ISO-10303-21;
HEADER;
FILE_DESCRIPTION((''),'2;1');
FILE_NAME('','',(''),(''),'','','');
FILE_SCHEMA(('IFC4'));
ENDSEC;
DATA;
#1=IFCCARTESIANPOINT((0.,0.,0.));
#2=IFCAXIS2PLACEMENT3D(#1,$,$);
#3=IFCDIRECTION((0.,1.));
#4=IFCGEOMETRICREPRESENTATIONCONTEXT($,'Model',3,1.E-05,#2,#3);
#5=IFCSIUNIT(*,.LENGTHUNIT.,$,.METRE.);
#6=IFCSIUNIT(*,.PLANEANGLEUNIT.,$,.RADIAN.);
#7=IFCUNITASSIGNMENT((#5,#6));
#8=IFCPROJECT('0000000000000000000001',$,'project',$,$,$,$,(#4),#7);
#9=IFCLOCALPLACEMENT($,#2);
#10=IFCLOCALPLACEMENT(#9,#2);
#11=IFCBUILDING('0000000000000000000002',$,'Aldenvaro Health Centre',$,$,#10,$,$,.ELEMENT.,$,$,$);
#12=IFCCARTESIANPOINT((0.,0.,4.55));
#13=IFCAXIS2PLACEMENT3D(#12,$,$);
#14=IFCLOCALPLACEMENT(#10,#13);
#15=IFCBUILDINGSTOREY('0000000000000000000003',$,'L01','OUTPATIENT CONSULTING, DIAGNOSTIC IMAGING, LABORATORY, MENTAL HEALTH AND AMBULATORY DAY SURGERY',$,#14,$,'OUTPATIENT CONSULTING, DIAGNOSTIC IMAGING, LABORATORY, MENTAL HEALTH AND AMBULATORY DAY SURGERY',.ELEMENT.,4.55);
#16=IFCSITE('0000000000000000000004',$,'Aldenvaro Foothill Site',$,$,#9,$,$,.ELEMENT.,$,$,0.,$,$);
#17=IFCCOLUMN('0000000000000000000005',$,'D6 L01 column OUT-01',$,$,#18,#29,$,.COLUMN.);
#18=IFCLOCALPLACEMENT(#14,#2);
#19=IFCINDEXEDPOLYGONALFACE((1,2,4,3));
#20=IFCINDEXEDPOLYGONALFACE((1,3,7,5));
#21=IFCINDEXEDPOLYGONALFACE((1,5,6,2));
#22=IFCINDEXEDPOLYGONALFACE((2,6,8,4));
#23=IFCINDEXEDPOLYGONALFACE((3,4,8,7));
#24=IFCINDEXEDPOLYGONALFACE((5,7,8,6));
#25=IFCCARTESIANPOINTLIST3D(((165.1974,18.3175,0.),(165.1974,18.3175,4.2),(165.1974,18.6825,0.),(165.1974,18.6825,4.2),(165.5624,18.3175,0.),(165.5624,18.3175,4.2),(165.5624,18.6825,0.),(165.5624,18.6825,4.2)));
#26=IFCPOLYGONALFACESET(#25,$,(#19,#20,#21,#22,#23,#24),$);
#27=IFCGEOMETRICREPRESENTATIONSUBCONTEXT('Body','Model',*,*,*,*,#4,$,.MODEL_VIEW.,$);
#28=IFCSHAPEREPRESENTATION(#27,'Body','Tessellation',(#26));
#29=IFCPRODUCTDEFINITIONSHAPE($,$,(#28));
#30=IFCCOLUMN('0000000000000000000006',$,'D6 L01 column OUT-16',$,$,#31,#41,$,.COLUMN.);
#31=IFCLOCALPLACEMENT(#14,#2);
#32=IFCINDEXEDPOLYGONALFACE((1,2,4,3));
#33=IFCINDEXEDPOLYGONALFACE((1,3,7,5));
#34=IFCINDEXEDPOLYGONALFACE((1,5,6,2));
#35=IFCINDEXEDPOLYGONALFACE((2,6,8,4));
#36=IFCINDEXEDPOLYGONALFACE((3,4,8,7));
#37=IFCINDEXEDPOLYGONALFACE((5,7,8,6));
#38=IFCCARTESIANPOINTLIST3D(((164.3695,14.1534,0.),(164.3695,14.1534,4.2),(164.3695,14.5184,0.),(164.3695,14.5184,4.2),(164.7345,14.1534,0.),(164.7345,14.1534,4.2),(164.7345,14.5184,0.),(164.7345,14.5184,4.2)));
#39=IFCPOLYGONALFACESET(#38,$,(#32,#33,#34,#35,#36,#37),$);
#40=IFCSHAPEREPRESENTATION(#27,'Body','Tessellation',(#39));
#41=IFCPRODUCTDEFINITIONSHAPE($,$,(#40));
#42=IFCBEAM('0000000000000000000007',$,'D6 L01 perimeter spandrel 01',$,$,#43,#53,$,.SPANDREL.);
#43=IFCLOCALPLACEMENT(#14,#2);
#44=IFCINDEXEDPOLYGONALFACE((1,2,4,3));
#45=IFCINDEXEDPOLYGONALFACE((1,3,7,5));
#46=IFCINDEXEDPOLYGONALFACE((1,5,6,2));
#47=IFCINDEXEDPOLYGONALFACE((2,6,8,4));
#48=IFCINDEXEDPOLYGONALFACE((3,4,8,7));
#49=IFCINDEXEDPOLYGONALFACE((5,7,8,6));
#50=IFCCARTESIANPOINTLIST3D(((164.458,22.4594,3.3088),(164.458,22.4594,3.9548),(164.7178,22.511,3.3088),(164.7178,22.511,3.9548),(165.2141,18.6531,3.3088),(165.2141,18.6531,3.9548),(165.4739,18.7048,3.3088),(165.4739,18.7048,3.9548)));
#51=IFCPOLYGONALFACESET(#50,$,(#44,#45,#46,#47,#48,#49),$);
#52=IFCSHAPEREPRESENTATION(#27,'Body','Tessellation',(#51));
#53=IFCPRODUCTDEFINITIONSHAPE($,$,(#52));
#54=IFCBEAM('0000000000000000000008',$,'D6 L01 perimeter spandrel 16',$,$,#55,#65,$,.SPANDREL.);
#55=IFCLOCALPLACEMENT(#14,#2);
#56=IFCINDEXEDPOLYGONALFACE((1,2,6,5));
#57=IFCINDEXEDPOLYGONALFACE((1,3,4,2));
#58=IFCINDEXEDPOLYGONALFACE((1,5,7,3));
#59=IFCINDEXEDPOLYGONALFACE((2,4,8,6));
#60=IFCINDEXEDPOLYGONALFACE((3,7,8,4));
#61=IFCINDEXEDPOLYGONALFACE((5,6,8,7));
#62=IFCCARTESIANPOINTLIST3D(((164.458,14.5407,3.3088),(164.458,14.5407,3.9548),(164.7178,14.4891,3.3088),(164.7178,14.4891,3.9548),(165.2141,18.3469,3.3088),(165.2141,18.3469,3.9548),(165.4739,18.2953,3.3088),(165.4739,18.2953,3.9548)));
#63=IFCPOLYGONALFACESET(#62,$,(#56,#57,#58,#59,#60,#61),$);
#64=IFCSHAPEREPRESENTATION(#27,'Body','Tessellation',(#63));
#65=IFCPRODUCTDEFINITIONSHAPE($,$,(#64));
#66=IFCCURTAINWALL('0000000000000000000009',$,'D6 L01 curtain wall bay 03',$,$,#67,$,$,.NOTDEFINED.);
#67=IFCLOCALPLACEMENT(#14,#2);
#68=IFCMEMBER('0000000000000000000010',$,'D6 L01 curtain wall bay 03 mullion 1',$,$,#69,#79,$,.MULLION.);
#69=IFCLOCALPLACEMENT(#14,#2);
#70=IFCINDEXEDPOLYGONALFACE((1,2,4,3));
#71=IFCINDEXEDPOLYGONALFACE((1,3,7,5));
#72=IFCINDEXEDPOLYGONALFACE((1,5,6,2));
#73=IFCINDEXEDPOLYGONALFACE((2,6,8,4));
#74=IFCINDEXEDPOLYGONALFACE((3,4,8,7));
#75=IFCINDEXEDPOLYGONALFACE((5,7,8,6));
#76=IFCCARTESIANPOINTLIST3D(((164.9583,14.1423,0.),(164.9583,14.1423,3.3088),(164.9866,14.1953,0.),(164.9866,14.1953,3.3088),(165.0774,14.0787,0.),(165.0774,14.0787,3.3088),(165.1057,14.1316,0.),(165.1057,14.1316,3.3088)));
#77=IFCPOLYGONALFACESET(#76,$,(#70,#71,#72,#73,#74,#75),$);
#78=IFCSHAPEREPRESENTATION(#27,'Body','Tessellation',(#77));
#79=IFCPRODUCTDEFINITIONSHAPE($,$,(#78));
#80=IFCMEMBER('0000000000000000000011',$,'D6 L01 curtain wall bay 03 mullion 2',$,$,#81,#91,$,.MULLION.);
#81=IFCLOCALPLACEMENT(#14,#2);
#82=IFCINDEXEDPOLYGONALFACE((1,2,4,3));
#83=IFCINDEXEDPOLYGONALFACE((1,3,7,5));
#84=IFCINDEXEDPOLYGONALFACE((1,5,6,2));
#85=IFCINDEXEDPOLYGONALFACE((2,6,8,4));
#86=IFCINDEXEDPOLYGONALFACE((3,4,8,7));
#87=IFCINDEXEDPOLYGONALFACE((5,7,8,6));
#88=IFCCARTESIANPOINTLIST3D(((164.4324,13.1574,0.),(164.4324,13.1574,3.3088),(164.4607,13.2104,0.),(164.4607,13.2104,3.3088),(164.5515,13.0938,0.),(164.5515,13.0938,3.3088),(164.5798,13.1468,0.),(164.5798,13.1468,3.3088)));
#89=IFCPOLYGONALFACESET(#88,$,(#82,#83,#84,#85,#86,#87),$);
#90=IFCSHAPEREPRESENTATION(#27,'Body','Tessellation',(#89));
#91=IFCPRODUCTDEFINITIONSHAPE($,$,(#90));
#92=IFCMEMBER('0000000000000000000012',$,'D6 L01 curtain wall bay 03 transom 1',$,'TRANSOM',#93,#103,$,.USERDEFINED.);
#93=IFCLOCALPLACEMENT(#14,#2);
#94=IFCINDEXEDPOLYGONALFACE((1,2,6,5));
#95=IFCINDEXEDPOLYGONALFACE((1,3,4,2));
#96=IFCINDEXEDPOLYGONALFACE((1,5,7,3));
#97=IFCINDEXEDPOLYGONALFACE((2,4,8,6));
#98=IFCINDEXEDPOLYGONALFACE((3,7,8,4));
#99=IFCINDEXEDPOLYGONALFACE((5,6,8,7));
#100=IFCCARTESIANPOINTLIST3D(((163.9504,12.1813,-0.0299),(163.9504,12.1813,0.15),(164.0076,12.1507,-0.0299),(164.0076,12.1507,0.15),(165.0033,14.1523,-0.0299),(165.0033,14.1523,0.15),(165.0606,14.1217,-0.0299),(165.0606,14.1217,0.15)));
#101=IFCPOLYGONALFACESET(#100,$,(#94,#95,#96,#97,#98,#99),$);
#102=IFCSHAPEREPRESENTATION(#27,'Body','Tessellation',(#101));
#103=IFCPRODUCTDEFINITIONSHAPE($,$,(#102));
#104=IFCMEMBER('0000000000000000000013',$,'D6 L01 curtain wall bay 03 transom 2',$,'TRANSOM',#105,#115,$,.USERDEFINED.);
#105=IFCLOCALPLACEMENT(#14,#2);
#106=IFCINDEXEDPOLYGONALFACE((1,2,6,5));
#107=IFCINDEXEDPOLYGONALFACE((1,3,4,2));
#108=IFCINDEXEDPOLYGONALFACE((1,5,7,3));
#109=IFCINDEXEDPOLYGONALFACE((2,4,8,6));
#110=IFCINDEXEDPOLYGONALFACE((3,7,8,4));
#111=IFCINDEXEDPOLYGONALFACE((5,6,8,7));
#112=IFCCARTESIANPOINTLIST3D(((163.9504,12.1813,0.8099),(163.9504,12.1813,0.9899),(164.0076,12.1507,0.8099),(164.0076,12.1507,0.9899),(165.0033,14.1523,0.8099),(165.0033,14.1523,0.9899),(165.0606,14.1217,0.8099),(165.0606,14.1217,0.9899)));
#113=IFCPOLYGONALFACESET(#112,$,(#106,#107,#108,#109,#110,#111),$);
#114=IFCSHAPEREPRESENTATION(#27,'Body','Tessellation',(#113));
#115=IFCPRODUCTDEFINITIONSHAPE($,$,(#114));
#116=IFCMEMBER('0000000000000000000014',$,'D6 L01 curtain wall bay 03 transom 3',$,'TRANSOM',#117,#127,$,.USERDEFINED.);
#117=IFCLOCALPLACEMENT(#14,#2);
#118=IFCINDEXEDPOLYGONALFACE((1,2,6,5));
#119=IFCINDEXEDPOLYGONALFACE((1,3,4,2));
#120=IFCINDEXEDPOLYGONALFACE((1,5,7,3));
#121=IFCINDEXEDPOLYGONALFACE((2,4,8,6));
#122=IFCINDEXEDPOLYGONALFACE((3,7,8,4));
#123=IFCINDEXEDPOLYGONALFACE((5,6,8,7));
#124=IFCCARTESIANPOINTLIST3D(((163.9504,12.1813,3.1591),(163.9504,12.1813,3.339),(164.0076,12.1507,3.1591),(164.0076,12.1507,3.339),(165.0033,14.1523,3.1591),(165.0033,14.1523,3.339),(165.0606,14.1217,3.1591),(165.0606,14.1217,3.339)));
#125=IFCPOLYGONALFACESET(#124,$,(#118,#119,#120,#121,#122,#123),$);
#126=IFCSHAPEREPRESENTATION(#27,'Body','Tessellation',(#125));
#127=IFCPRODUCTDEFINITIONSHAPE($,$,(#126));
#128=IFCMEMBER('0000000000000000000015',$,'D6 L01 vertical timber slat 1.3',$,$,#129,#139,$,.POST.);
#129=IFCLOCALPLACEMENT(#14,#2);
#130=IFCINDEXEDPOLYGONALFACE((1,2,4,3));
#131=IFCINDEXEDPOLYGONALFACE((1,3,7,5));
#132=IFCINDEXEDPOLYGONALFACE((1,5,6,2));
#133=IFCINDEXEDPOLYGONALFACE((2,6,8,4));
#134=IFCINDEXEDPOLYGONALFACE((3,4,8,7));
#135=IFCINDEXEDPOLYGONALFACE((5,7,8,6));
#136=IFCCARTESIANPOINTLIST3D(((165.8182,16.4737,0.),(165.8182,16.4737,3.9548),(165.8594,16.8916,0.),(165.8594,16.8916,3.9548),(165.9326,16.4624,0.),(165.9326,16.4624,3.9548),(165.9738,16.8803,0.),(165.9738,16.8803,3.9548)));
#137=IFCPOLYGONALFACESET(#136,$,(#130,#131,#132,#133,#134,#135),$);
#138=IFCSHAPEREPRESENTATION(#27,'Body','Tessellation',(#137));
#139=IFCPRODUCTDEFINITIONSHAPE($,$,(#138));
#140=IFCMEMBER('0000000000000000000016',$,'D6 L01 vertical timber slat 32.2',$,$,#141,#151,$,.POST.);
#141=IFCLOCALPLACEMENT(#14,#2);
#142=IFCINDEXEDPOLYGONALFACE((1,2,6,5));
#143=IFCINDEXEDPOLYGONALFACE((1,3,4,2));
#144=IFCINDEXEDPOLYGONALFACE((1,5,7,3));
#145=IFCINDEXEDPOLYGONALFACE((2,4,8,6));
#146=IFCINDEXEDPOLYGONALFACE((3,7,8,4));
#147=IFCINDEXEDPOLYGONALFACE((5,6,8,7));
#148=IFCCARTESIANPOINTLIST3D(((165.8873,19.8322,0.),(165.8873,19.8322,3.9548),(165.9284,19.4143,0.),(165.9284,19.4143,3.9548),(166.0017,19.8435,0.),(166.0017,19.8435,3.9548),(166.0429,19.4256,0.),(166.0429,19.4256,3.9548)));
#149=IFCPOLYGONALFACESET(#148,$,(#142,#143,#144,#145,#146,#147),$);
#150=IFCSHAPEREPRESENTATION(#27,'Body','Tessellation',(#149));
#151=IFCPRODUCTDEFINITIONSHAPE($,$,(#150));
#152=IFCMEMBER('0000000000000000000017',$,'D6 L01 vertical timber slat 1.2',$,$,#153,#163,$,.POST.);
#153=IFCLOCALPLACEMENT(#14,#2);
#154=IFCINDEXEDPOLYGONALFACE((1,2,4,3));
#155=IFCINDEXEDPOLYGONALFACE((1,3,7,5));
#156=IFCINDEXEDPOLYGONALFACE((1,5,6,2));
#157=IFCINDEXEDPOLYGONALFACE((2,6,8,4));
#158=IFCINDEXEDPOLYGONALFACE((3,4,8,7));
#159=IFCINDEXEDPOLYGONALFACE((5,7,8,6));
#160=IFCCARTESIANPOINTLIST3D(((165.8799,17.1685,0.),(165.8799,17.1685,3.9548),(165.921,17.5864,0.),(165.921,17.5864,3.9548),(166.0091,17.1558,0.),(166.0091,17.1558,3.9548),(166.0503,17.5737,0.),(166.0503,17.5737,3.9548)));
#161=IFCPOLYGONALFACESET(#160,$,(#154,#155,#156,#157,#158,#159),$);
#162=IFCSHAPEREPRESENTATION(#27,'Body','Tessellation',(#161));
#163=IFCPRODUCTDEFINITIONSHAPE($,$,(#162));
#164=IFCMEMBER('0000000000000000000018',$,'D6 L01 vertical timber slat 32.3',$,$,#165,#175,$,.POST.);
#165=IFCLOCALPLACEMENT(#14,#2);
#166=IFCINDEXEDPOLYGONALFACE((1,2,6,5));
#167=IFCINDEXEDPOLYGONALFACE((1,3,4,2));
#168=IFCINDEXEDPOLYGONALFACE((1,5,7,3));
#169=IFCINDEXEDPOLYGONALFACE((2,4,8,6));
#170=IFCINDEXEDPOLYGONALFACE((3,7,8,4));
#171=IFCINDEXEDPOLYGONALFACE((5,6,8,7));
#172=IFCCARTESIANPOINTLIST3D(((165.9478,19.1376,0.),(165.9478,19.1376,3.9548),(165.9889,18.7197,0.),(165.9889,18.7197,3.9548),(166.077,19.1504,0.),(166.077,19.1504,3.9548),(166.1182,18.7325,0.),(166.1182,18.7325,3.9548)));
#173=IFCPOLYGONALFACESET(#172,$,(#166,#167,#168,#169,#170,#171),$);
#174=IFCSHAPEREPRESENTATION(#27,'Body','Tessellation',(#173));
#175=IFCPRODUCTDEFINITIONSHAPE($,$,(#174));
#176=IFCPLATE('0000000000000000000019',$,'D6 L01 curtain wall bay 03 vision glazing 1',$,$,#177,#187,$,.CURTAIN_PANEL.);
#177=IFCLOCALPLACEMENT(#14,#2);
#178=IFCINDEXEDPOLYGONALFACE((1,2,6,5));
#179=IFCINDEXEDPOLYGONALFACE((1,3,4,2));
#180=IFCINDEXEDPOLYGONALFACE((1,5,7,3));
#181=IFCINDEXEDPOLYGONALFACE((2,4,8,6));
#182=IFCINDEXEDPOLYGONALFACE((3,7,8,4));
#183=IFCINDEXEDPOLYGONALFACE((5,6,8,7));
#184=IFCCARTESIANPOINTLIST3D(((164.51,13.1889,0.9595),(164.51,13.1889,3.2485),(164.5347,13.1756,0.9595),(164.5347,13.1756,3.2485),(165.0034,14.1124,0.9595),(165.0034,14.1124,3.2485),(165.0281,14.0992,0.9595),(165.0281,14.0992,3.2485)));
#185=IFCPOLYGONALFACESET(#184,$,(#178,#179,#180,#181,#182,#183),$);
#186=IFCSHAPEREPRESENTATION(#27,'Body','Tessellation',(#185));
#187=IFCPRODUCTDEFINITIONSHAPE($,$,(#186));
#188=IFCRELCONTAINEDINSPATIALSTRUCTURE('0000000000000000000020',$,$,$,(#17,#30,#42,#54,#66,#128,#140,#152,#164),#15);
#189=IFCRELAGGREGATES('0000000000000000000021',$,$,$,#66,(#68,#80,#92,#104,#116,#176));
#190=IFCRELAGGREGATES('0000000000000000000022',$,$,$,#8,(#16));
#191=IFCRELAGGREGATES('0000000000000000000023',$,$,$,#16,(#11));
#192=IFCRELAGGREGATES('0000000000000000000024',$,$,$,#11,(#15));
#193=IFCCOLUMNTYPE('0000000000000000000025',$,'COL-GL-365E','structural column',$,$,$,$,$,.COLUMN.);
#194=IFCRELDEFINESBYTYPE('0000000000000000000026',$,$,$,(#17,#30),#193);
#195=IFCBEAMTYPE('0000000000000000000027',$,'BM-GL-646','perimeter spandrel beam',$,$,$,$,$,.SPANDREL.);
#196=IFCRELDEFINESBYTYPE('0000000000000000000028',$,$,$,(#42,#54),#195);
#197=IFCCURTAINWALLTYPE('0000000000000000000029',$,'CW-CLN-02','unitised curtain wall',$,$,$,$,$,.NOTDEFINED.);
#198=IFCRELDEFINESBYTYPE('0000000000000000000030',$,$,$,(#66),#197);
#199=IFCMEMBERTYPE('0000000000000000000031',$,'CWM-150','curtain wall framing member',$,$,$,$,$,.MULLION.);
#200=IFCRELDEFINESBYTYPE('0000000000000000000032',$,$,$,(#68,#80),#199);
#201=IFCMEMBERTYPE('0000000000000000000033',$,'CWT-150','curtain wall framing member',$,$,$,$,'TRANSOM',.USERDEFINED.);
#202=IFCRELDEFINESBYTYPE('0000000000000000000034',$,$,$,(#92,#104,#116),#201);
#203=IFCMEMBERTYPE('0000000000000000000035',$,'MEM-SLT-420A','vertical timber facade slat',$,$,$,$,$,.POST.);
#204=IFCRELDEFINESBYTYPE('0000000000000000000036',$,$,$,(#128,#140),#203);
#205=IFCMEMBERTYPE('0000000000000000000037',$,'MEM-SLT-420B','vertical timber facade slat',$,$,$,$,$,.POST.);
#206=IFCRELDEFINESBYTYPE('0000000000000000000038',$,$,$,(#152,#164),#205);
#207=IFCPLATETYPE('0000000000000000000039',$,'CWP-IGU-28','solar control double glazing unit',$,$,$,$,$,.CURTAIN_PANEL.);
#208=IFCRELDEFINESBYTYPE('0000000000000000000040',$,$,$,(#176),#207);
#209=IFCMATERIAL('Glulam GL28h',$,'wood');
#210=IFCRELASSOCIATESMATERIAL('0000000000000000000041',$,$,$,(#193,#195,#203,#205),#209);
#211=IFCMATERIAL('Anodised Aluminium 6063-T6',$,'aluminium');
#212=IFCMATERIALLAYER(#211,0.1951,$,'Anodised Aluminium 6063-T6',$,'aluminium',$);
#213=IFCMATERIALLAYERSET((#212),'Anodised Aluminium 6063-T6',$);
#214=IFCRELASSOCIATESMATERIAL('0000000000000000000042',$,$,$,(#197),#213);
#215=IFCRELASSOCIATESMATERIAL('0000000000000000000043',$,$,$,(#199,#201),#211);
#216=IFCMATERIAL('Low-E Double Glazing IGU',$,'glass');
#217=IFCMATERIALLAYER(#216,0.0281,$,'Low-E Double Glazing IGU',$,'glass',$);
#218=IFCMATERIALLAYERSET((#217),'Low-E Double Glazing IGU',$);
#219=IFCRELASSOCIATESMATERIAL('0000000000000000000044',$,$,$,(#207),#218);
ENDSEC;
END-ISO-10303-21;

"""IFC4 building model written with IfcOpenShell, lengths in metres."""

from ifc_helpers import new_model, si_unit, direction, frame, origin, origin_2d, place, context, subcontext, project, spatial, rectangle, extrude, material, layer, layer_set, material_profile, profile_set, type_object, element, aggregate, save


model = new_model("IFC4")

# Units and contexts
model_context = context("Model", 3, precision=1e-05, world=origin(), true_north=direction((0.0, 1.0)))
body_context = subcontext(model_context, "Body", "Model", "MODEL_VIEW")
ifc_project = project(units=[si_unit("LENGTHUNIT", "METRE"), si_unit("PLANEANGLEUNIT", "RADIAN")], contexts=[model_context])

# Site, building, storey
site_placement = place(None, origin())
site = spatial("IfcSite", under=ifc_project, at=site_placement, Name="Aldenvaro Foothill Site", CompositionType="ELEMENT", RefElevation=0.0)
building_placement = place(site_placement, origin())
building = spatial("IfcBuilding", under=site, at=building_placement, Name="Aldenvaro Health Centre", CompositionType="ELEMENT")
storey_placement = place(building_placement, frame((0.0, 0.0, 4.55)))
storey = spatial("IfcBuildingStorey", under=building, at=storey_placement, Name="L01", Description="OUTPATIENT CONSULTING, DIAGNOSTIC IMAGING, LABORATORY, MENTAL HEALTH AND AMBULATORY DAY SURGERY", LongName="OUTPATIENT CONSULTING, DIAGNOSTIC IMAGING, LABORATORY, MENTAL HEALTH AND AMBULATORY DAY SURGERY", CompositionType="ELEMENT", Elevation=4.55)

# Columns
ifc_material_1 = material(Name="Glulam GL28h", Category="wood")
ifc_material_profile_1 = material_profile(ifc_material_1, rectangle(XDim=0.365, YDim=0.365, at=origin_2d()), Name="GL 365x365", Category="wood")
ifc_profile_set_1 = profile_set([ifc_material_profile_1], Name="Glulam GL28h")
column_type = type_object("IfcColumnType", Name="COL-GL-365E", Description="structural column", PredefinedType="COLUMN", material=ifc_profile_set_1)
for number, where, z_axis, x_axis, name in (
    (1, (165.3799, 18.5, 0.0), (0.0, 0.0, 1.0), (1.0, 0.0, 0.0), "D6 L01 column OUT-01"),
    (2, (164.552, 14.3359, 0.0), (0.0, 0.0, 1.0), (1.0, 0.0, 0.0), "D6 L01 column OUT-16"),
):
    element("IfcColumn", number, at=place(storey_placement, frame(where, z_axis=z_axis, x_axis=x_axis)), inside=storey, type_object=column_type, Name=name, PredefinedType="COLUMN", context=body_context, shape_type="SweptSolid", body=[
        extrude(rectangle(XDim=0.365, YDim=0.365, at=origin_2d()), origin(), (0.0, 0.0, 1.0), 4.2),
    ])

# Beams
ifc_material_profile_2 = material_profile(ifc_material_1, rectangle(XDim=0.2649, YDim=0.646, at=origin_2d()), Name="GL 265x646", Category="wood")
ifc_profile_set_2 = profile_set([ifc_material_profile_2], Name="Glulam GL28h")
beam_type = type_object("IfcBeamType", Name="BM-GL-646", Description="perimeter spandrel beam", PredefinedType="SPANDREL", material=ifc_profile_set_2)
for number, where, z_axis, x_axis, name in (
    (3, (165.344, 18.679, 3.6318), (-0.194846, 0.980834, 0.0), (-0.980834, -0.194846, 0.0), "D6 L01 perimeter spandrel 01"),
    (4, (164.5879, 14.5149, 3.6318), (0.194846, 0.980834, 0.0), (-0.980834, 0.194846, 0.0), "D6 L01 perimeter spandrel 16"),
):
    element("IfcBeam", number, at=place(storey_placement, frame(where, z_axis=z_axis, x_axis=x_axis)), inside=storey, type_object=beam_type, Name=name, PredefinedType="SPANDREL", context=body_context, shape_type="SweptSolid", body=[
        extrude(rectangle(XDim=0.2649, YDim=0.646, at=origin_2d()), origin(), (0.0, 0.0, 1.0), 3.8806),
    ])

# Curtain wall, members
ifc_material_2 = material(Name="Anodised Aluminium 6063-T6", Category="aluminium")
ifc_layer_1 = layer(ifc_material_2, 0.1951, Name="Anodised Aluminium 6063-T6", Category="aluminium")
ifc_layer_set_1 = layer_set([ifc_layer_1], Name="Anodised Aluminium 6063-T6")
curtain_wall_type = type_object("IfcCurtainWallType", Name="CW-CLN-02", Description="unitised curtain wall", PredefinedType="NOTDEFINED", material=ifc_layer_set_1)
curtain_wall_placement = place(storey_placement, origin())
curtain_wall = element("IfcCurtainWall", 5, at=curtain_wall_placement, inside=storey, type_object=curtain_wall_type, Name="D6 L01 curtain wall bay 03", PredefinedType="NOTDEFINED")
ifc_material_profile_3 = material_profile(ifc_material_2, rectangle(XDim=0.0601, YDim=0.135, at=origin_2d()), Name="ALU 60x135", Category="aluminium")
ifc_profile_set_3 = profile_set([ifc_material_profile_3], Name="Anodised Aluminium 6063-T6")
member_type_1 = type_object("IfcMemberType", Name="CWM-150", Description="curtain wall framing member", PredefinedType="MULLION", material=ifc_profile_set_3)
member_1_placement = place(storey_placement, frame((165.032, 14.137, 0.0), z_axis=(0.0, 0.0, 1.0), x_axis=(-0.471215, -0.882018, 0.0)))
member_1 = element("IfcMember", 6, at=member_1_placement, type_object=member_type_1, Name="D6 L01 curtain wall bay 03 mullion 1", PredefinedType="MULLION", context=body_context, shape_type="SweptSolid", body=[
    extrude(rectangle(XDim=0.0601, YDim=0.135, at=origin_2d()), origin(), (0.0, 0.0, 1.0), 3.3088),
])
member_2_placement = place(storey_placement, frame((164.5061, 13.1521, 0.0), z_axis=(0.0, 0.0, 1.0), x_axis=(-0.471215, -0.882018, 0.0)))
member_2 = element("IfcMember", 7, at=member_2_placement, type_object=member_type_1, Name="D6 L01 curtain wall bay 03 mullion 2", PredefinedType="MULLION", context=body_context, shape_type="SweptSolid", body=[
    extrude(rectangle(XDim=0.0601, YDim=0.135, at=origin_2d()), origin(), (0.0, 0.0, 1.0), 3.3088),
])
ifc_material_profile_4 = material_profile(ifc_material_2, rectangle(XDim=0.0649, YDim=0.1799, at=origin_2d()), Name="ALU 65x180", Category="aluminium")
ifc_profile_set_4 = profile_set([ifc_material_profile_4], Name="Anodised Aluminium 6063-T6")
member_type_2 = type_object("IfcMemberType", Name="CWT-150", Description="curtain wall framing member", ElementType="TRANSOM", PredefinedType="USERDEFINED", material=ifc_profile_set_4)
member_3_placement = place(storey_placement, frame((165.032, 14.137, 0.0601), z_axis=(-0.471218, -0.882017, 0.0), x_axis=(0.882017, -0.471218, 0.0)))
member_3 = element("IfcMember", 8, at=member_3_placement, type_object=member_type_2, Name="D6 L01 curtain wall bay 03 transom 1", ObjectType="TRANSOM", PredefinedType="USERDEFINED", context=body_context, shape_type="SweptSolid", body=[
    extrude(rectangle(XDim=0.0649, YDim=0.1799, at=origin_2d()), origin(), (0.0, 0.0, 1.0), 2.2346),
])
member_4_placement = place(storey_placement, frame((165.032, 14.137, 0.8999), z_axis=(-0.471218, -0.882017, 0.0), x_axis=(0.882017, -0.471218, 0.0)))
member_4 = element("IfcMember", 9, at=member_4_placement, type_object=member_type_2, Name="D6 L01 curtain wall bay 03 transom 2", ObjectType="TRANSOM", PredefinedType="USERDEFINED", context=body_context, shape_type="SweptSolid", body=[
    extrude(rectangle(XDim=0.0649, YDim=0.1799, at=origin_2d()), origin(), (0.0, 0.0, 1.0), 2.2346),
])
member_5_placement = place(storey_placement, frame((165.032, 14.137, 3.249), z_axis=(-0.471218, -0.882017, 0.0), x_axis=(0.882017, -0.471218, 0.0)))
member_5 = element("IfcMember", 10, at=member_5_placement, type_object=member_type_2, Name="D6 L01 curtain wall bay 03 transom 3", ObjectType="TRANSOM", PredefinedType="USERDEFINED", context=body_context, shape_type="SweptSolid", body=[
    extrude(rectangle(XDim=0.0649, YDim=0.1799, at=origin_2d()), origin(), (0.0, 0.0, 1.0), 2.2346),
])

# Members
ifc_material_profile_5 = material_profile(ifc_material_1, rectangle(XDim=0.115, YDim=0.4199, at=origin_2d()), Name="GL 115x420", Category="wood")
ifc_profile_set_5 = profile_set([ifc_material_profile_5], Name="Glulam GL28h")
member_type_3 = type_object("IfcMemberType", Name="MEM-SLT-420A", Description="vertical timber facade slat", PredefinedType="POST", material=ifc_profile_set_5)
for number, where, z_axis, x_axis, name in (
    (11, (165.896, 16.677, 0.0), (0.0, 0.0, 1.0), (0.995187, -0.097997, 0.0), "D6 L01 vertical timber slat 1.3"),
    (12, (165.9651, 19.6289, 0.0), (0.0, 0.0, 1.0), (0.995187, 0.097997, 0.0), "D6 L01 vertical timber slat 32.2"),
):
    element("IfcMember", number, at=place(storey_placement, frame(where, z_axis=z_axis, x_axis=x_axis)), inside=storey, type_object=member_type_3, Name=name, PredefinedType="POST", context=body_context, shape_type="SweptSolid", body=[
        extrude(rectangle(XDim=0.115, YDim=0.4199, at=origin_2d()), origin(), (0.0, 0.0, 1.0), 3.9548),
    ])
ifc_material_profile_6 = material_profile(ifc_material_1, rectangle(XDim=0.1299, YDim=0.4199, at=origin_2d()), Name="GL 130x420", Category="wood")
ifc_profile_set_6 = profile_set([ifc_material_profile_6], Name="Glulam GL28h")
member_type_4 = type_object("IfcMemberType", Name="MEM-SLT-420B", Description="vertical timber facade slat", PredefinedType="POST", material=ifc_profile_set_6)
for number, where, z_axis, x_axis, name in (
    (13, (165.9651, 17.3711, 0.0), (0.0, 0.0, 1.0), (0.995187, -0.097997, 0.0), "D6 L01 vertical timber slat 1.2"),
    (14, (166.033, 18.9351, 0.0), (0.0, 0.0, 1.0), (0.995187, 0.097997, 0.0), "D6 L01 vertical timber slat 32.3"),
):
    element("IfcMember", number, at=place(storey_placement, frame(where, z_axis=z_axis, x_axis=x_axis)), inside=storey, type_object=member_type_4, Name=name, PredefinedType="POST", context=body_context, shape_type="SweptSolid", body=[
        extrude(rectangle(XDim=0.1299, YDim=0.4199, at=origin_2d()), origin(), (0.0, 0.0, 1.0), 3.9548),
    ])

# Plate
ifc_material_3 = material(Name="Low-E Double Glazing IGU", Category="glass")
ifc_layer_2 = layer(ifc_material_3, 0.0281, Name="Low-E Double Glazing IGU", Category="glass")
ifc_layer_set_2 = layer_set([ifc_layer_2], Name="Low-E Double Glazing IGU")
plate_type_1 = type_object("IfcPlateType", Name="CWP-IGU-28", Description="solar control double glazing unit", PredefinedType="CURTAIN_PANEL", material=ifc_layer_set_2)
plate_1_placement = place(storey_placement, frame((164.769, 13.644, 0.9595), z_axis=(0.0, 0.0, 1.0), x_axis=(-0.471215, -0.882018, 0.0)))
plate_1 = element("IfcPlate", 15, at=plate_1_placement, type_object=plate_type_1, Name="D6 L01 curtain wall bay 03 vision glazing 1", PredefinedType="CURTAIN_PANEL", context=body_context, shape_type="SweptSolid", body=[
    extrude(rectangle(XDim=1.0471, YDim=0.0281, at=origin_2d()), origin(), (0.0, 0.0, 1.0), 2.2891),
])
aggregate(curtain_wall, [member_1, member_2, member_3, member_4, member_5, plate_1])

save(model, "model.ifc")
